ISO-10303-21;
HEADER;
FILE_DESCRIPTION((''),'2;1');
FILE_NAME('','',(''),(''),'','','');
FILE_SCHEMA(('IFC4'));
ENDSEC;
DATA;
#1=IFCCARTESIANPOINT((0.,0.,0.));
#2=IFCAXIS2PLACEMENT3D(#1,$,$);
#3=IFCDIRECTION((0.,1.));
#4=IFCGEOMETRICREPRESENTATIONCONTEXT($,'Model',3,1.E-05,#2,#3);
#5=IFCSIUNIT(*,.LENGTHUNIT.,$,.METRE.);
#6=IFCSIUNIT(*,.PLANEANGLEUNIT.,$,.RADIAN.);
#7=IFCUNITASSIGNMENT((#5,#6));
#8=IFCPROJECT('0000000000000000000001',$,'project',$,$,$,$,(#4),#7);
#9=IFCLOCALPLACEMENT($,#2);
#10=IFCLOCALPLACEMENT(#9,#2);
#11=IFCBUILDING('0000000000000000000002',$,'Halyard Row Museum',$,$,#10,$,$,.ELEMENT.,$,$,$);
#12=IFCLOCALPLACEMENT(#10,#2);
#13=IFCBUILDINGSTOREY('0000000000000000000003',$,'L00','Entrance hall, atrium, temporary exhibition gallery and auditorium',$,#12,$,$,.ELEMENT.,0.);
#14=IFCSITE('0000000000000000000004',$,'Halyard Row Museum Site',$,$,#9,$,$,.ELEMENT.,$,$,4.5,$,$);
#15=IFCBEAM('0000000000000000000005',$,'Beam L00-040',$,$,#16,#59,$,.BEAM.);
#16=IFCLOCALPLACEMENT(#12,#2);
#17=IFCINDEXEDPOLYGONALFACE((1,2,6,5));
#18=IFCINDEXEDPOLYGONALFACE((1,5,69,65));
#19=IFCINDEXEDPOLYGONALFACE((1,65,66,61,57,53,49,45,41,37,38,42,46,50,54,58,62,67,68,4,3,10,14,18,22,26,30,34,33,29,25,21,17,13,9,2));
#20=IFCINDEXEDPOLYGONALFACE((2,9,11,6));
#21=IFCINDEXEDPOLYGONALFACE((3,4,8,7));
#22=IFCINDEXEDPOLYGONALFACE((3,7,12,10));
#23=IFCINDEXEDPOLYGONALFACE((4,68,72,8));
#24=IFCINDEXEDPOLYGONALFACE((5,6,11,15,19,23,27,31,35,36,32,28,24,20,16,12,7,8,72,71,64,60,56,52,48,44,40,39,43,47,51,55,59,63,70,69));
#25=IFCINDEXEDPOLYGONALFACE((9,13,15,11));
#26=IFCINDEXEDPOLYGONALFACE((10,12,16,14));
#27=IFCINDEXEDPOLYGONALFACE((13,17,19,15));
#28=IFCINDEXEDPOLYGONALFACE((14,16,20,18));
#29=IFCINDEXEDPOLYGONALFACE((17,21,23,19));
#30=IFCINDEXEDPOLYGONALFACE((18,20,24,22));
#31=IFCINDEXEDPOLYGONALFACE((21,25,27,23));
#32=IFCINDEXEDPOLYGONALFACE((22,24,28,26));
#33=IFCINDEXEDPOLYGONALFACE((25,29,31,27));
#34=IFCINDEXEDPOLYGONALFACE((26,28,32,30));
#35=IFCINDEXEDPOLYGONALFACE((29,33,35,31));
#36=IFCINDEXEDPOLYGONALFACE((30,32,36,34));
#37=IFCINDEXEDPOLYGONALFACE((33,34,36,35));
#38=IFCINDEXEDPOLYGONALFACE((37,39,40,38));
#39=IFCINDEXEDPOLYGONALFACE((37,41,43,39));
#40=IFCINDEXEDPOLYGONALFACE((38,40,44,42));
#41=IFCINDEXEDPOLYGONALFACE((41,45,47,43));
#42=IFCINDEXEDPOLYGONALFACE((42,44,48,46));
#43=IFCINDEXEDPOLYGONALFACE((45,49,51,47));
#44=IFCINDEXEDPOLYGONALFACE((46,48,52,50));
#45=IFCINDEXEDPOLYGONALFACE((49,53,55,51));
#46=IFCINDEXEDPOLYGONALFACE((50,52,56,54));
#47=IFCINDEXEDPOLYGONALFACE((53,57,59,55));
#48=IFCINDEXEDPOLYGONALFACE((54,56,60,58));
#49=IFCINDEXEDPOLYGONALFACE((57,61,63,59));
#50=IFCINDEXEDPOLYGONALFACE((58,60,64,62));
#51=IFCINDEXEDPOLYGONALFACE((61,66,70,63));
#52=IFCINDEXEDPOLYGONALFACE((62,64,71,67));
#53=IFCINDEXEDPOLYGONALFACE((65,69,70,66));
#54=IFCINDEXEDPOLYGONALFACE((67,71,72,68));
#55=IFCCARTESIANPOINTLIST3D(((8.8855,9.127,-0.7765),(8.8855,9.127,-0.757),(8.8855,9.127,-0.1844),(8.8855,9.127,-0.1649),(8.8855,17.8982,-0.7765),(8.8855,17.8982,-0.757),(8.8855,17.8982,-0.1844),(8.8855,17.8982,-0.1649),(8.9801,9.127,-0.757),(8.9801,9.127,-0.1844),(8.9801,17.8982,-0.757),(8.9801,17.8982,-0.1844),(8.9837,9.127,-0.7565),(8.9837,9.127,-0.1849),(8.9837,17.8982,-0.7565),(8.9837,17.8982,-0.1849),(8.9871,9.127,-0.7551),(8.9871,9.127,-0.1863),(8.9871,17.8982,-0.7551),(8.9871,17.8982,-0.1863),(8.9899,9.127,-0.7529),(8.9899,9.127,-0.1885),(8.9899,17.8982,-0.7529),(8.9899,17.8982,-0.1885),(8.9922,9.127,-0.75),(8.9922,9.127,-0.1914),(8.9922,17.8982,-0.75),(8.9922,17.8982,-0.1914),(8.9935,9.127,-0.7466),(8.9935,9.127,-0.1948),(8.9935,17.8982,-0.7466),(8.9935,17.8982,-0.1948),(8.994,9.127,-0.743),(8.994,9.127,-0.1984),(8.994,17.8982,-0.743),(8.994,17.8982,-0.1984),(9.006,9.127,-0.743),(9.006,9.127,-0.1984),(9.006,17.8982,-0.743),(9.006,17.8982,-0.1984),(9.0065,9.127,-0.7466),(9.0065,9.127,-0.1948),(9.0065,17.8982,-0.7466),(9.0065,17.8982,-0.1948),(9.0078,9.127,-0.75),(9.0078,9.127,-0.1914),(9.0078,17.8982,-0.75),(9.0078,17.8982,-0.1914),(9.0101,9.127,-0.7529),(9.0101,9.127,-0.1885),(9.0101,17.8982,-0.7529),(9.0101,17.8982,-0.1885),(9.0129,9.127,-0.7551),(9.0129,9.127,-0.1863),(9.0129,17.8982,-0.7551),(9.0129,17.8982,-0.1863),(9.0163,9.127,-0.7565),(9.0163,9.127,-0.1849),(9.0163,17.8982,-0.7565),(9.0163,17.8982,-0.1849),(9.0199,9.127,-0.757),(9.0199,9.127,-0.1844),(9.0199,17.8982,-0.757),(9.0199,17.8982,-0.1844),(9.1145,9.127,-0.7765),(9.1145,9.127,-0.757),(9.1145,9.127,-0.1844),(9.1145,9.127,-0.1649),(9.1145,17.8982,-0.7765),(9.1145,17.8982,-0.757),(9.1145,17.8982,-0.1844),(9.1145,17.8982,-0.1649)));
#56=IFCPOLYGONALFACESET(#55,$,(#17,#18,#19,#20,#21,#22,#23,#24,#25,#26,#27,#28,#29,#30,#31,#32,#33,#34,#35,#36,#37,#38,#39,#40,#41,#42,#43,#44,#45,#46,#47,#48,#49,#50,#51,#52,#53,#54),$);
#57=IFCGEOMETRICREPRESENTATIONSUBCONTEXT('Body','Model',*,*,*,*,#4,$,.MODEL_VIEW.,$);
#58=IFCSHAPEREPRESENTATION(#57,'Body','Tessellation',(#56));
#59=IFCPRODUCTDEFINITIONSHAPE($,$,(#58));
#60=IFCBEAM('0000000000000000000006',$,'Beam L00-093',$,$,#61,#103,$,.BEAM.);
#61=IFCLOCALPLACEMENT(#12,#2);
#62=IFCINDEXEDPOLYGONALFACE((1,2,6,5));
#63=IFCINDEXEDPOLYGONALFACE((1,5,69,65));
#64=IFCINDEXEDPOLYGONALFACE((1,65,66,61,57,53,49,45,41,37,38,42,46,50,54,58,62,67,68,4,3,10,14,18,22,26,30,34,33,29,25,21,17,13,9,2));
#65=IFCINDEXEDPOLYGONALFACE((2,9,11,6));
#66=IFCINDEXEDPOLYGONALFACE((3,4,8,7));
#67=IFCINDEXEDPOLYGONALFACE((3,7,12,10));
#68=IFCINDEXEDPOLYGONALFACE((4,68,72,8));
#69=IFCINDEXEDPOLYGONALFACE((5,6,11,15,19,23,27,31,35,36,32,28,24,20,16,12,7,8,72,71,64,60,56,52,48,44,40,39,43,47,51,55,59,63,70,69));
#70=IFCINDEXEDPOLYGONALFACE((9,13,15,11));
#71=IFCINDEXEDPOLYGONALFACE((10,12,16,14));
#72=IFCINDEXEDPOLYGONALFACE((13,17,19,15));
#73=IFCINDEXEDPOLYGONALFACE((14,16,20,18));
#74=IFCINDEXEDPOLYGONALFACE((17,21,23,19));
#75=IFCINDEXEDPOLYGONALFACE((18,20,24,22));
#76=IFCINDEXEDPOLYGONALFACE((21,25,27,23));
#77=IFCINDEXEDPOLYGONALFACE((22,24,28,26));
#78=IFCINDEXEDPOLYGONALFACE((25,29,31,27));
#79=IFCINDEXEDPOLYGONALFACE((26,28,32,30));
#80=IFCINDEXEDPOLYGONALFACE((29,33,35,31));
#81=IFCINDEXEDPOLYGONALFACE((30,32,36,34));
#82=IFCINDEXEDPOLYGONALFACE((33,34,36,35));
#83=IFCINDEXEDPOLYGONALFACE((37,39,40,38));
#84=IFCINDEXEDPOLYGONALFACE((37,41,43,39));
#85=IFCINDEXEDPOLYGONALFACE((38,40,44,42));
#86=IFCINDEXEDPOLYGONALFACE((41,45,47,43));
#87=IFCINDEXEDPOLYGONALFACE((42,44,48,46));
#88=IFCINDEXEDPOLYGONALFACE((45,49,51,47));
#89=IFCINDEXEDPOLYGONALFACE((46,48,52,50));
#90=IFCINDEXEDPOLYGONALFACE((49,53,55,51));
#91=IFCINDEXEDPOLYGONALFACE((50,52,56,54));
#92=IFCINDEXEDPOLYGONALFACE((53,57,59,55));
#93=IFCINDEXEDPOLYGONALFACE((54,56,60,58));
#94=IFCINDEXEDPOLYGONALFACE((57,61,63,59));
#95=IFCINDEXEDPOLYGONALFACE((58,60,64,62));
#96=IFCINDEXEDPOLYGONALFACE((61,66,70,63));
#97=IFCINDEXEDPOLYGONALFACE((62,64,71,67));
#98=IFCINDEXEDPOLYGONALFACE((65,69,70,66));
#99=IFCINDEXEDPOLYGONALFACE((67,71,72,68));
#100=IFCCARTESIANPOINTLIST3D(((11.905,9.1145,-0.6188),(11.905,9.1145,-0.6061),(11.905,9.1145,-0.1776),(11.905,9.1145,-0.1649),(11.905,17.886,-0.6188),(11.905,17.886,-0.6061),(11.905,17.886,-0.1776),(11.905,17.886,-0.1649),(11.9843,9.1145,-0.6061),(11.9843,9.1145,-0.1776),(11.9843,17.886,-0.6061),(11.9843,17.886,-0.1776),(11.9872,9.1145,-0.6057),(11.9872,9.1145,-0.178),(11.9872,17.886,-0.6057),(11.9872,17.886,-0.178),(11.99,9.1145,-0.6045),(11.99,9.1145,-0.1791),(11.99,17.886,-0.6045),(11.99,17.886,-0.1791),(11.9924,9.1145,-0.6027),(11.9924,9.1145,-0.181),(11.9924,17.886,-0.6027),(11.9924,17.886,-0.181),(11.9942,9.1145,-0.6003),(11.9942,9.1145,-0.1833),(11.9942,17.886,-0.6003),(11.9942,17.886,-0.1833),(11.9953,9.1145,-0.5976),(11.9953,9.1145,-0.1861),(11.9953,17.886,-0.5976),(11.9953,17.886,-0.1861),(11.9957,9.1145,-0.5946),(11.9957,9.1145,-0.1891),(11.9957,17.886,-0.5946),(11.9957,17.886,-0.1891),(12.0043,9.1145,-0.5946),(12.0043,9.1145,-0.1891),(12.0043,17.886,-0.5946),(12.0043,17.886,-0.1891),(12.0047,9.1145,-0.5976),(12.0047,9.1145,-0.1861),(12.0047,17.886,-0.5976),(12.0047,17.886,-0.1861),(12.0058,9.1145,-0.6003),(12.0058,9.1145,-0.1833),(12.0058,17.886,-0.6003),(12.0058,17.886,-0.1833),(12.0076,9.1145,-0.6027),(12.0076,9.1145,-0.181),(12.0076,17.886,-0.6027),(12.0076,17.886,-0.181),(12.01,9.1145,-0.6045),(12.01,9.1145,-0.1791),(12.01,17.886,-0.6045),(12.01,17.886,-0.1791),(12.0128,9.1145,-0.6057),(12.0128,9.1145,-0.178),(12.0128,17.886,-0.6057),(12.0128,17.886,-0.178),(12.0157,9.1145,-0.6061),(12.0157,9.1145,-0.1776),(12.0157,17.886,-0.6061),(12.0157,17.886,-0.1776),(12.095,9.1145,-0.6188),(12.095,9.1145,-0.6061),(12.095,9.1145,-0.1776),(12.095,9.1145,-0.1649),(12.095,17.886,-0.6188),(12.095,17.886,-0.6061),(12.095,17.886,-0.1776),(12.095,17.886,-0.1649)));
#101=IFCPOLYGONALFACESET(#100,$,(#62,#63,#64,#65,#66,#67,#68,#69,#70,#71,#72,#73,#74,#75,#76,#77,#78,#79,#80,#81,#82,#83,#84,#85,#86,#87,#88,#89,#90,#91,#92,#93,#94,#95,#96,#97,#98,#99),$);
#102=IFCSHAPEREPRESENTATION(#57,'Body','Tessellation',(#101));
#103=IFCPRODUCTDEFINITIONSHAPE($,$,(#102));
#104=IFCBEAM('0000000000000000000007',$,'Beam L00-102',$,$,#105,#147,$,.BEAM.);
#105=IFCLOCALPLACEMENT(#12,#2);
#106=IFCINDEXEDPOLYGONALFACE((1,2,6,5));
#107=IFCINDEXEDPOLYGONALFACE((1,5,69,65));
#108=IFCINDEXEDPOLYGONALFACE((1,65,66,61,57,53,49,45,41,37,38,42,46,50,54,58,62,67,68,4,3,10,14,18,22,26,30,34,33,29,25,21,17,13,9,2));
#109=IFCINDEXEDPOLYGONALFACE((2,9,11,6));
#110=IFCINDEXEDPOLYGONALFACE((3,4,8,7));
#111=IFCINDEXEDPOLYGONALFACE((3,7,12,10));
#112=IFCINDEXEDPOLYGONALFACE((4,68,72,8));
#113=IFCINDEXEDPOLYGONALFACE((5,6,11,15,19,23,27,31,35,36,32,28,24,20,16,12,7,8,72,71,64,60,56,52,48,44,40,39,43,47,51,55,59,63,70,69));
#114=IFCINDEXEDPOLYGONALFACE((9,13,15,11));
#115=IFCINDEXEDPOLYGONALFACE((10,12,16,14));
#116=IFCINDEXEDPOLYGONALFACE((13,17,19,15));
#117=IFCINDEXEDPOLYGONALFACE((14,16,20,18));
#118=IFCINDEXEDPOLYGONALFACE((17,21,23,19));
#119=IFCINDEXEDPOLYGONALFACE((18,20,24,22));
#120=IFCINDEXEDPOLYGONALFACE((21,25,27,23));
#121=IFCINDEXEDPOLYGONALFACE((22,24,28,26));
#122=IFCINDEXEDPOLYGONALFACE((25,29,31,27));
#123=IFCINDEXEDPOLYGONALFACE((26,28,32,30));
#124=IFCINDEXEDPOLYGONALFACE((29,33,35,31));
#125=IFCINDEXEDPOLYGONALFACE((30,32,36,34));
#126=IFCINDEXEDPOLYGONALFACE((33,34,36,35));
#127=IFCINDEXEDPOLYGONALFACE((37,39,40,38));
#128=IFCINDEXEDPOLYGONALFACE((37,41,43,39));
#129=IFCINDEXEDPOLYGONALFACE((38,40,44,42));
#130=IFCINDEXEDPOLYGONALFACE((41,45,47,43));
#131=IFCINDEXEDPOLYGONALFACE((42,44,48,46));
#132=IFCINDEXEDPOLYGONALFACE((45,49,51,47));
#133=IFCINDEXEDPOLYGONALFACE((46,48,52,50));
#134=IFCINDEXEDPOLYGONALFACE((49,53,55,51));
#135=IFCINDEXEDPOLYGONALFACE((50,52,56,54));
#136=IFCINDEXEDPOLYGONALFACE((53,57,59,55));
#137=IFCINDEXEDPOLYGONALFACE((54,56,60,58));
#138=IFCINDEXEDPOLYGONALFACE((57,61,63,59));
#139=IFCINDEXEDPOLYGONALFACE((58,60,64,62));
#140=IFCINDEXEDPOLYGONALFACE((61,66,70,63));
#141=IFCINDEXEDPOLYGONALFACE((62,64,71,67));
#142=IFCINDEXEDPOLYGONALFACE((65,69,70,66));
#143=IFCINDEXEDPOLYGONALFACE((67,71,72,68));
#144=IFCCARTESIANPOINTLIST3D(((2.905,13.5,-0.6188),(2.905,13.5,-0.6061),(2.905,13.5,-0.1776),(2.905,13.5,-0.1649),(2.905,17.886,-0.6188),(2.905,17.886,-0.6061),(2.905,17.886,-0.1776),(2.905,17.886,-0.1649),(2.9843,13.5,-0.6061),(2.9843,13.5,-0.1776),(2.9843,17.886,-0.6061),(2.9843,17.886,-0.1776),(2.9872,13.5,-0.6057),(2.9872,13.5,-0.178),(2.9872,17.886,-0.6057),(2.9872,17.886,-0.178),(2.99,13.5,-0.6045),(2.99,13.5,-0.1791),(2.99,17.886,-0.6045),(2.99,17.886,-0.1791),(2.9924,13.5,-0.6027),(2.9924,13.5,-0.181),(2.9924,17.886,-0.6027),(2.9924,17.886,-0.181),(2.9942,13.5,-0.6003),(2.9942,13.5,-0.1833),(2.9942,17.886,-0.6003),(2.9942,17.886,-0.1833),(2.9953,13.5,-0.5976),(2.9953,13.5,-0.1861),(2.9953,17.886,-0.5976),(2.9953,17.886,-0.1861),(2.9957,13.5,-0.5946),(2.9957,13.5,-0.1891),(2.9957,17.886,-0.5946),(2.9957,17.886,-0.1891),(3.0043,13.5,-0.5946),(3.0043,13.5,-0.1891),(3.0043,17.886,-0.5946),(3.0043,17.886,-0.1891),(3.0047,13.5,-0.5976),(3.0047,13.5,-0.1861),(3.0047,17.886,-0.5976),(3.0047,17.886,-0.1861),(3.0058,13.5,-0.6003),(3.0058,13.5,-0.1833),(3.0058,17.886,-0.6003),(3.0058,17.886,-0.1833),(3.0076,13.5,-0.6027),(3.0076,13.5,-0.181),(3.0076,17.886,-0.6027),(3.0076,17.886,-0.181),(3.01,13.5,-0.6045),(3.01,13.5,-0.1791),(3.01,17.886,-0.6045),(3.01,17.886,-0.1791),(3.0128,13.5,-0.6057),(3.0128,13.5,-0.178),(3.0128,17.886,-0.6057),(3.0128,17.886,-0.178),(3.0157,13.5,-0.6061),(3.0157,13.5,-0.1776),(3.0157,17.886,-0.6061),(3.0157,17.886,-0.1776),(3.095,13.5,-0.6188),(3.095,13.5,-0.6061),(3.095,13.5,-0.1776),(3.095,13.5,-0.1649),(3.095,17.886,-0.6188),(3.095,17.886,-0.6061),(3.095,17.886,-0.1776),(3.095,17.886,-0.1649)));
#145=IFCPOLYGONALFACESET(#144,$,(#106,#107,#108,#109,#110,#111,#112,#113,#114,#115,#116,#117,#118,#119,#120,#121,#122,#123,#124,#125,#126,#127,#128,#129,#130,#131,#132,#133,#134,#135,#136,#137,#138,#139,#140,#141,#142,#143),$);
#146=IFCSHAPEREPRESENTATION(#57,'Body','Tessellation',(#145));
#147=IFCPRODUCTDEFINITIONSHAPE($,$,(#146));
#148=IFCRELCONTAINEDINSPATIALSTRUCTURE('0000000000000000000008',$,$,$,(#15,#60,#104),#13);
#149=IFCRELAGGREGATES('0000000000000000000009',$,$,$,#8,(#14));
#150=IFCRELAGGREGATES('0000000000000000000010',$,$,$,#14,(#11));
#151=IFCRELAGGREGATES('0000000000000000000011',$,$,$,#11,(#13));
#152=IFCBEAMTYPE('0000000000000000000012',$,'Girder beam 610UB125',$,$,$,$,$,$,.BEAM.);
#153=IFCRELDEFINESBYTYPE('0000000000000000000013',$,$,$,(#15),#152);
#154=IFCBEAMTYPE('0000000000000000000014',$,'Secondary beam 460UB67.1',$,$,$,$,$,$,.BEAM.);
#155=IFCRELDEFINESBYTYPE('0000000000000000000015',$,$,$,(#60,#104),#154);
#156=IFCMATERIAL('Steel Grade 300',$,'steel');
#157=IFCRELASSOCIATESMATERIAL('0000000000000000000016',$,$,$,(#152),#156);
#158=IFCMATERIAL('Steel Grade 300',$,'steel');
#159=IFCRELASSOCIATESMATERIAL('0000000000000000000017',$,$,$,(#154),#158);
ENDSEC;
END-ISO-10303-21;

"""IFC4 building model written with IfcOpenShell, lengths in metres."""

from ifc_helpers import new_model, si_unit, direction, frame, origin, origin_2d, place, context, subcontext, project, spatial, i_section, extrude, material, material_profile, profile_set, type_object, element, save


model = new_model("IFC4")

# Units and contexts
model_context = context("Model", 3, precision=1e-05, world=origin(), true_north=direction((0.0, 1.0)))
body_context = subcontext(model_context, "Body", "Model", "MODEL_VIEW")
ifc_project = project(units=[si_unit("LENGTHUNIT", "METRE"), si_unit("PLANEANGLEUNIT", "RADIAN")], contexts=[model_context])

# Site, building, storey
site_placement = place(None, origin())
site = spatial("IfcSite", under=ifc_project, at=site_placement, Name="Halyard Row Museum Site", CompositionType="ELEMENT", RefElevation=4.5)
building_placement = place(site_placement, origin())
building = spatial("IfcBuilding", under=site, at=building_placement, Name="Halyard Row Museum", CompositionType="ELEMENT")
storey_placement = place(building_placement, origin())
storey = spatial("IfcBuildingStorey", under=building, at=storey_placement, Name="L00", Description="Entrance hall, atrium, temporary exhibition gallery and auditorium", CompositionType="ELEMENT", Elevation=0.0)

# Beams
ifc_material_1 = material(Name="Steel Grade 300", Category="steel")
ifc_material_profile_1 = material_profile(ifc_material_1, i_section(OverallWidth=0.229, OverallDepth=0.6116, WebThickness=0.012, FlangeThickness=0.0195, FilletRadius=0.0139, at=origin_2d()), Name="610UB125")
ifc_profile_set_1 = profile_set([ifc_material_profile_1], Name="Steel Grade 300")
beam_type_1 = type_object("IfcBeamType", Name="Girder beam 610UB125", PredefinedType="BEAM", material=ifc_profile_set_1)
beam_1_placement = place(storey_placement, frame((9.0, 9.127, -0.4707), z_axis=(0.0, 1.0, 0.0), x_axis=(-1.0, 0.0, 0.0)))
element("IfcBeam", 1, at=beam_1_placement, inside=storey, type_object=beam_type_1, Name="Beam L00-040", PredefinedType="BEAM", context=body_context, shape_type="SweptSolid", body=[
    extrude(i_section(OverallWidth=0.229, OverallDepth=0.6116, WebThickness=0.012, FlangeThickness=0.0195, FilletRadius=0.0139, at=origin_2d()), origin(), (0.0, 0.0, 1.0), 8.7712),
])
ifc_material_2 = material(Name="Steel Grade 300", Category="steel")
ifc_material_profile_2 = material_profile(ifc_material_2, i_section(OverallWidth=0.1899, OverallDepth=0.4539, WebThickness=0.0085, FlangeThickness=0.0127, FilletRadius=0.0115, at=origin_2d()), Name="460UB67.1")
ifc_profile_set_2 = profile_set([ifc_material_profile_2], Name="Steel Grade 300")
beam_type_2 = type_object("IfcBeamType", Name="Secondary beam 460UB67.1", PredefinedType="BEAM", material=ifc_profile_set_2)
beam_2_placement = place(storey_placement, frame((12.0, 9.1145, -0.3918), z_axis=(0.0, 1.0, 0.0), x_axis=(-1.0, 0.0, 0.0)))
element("IfcBeam", 2, at=beam_2_placement, inside=storey, type_object=beam_type_2, Name="Beam L00-093", PredefinedType="BEAM", context=body_context, shape_type="SweptSolid", body=[
    extrude(i_section(OverallWidth=0.1899, OverallDepth=0.4539, WebThickness=0.0085, FlangeThickness=0.0127, FilletRadius=0.0115, at=origin_2d()), origin(), (0.0, 0.0, 1.0), 8.7715),
])
beam_3_placement = place(storey_placement, frame((3.0, 13.5, -0.3918), z_axis=(0.0, 1.0, 0.0), x_axis=(-1.0, 0.0, 0.0)))
element("IfcBeam", 3, at=beam_3_placement, inside=storey, type_object=beam_type_2, Name="Beam L00-102", PredefinedType="BEAM", context=body_context, shape_type="SweptSolid", body=[
    extrude(i_section(OverallWidth=0.1899, OverallDepth=0.4539, WebThickness=0.0085, FlangeThickness=0.0127, FilletRadius=0.0115, at=origin_2d()), origin(), (0.0, 0.0, 1.0), 4.386),
])

save(model, "model.ifc")
